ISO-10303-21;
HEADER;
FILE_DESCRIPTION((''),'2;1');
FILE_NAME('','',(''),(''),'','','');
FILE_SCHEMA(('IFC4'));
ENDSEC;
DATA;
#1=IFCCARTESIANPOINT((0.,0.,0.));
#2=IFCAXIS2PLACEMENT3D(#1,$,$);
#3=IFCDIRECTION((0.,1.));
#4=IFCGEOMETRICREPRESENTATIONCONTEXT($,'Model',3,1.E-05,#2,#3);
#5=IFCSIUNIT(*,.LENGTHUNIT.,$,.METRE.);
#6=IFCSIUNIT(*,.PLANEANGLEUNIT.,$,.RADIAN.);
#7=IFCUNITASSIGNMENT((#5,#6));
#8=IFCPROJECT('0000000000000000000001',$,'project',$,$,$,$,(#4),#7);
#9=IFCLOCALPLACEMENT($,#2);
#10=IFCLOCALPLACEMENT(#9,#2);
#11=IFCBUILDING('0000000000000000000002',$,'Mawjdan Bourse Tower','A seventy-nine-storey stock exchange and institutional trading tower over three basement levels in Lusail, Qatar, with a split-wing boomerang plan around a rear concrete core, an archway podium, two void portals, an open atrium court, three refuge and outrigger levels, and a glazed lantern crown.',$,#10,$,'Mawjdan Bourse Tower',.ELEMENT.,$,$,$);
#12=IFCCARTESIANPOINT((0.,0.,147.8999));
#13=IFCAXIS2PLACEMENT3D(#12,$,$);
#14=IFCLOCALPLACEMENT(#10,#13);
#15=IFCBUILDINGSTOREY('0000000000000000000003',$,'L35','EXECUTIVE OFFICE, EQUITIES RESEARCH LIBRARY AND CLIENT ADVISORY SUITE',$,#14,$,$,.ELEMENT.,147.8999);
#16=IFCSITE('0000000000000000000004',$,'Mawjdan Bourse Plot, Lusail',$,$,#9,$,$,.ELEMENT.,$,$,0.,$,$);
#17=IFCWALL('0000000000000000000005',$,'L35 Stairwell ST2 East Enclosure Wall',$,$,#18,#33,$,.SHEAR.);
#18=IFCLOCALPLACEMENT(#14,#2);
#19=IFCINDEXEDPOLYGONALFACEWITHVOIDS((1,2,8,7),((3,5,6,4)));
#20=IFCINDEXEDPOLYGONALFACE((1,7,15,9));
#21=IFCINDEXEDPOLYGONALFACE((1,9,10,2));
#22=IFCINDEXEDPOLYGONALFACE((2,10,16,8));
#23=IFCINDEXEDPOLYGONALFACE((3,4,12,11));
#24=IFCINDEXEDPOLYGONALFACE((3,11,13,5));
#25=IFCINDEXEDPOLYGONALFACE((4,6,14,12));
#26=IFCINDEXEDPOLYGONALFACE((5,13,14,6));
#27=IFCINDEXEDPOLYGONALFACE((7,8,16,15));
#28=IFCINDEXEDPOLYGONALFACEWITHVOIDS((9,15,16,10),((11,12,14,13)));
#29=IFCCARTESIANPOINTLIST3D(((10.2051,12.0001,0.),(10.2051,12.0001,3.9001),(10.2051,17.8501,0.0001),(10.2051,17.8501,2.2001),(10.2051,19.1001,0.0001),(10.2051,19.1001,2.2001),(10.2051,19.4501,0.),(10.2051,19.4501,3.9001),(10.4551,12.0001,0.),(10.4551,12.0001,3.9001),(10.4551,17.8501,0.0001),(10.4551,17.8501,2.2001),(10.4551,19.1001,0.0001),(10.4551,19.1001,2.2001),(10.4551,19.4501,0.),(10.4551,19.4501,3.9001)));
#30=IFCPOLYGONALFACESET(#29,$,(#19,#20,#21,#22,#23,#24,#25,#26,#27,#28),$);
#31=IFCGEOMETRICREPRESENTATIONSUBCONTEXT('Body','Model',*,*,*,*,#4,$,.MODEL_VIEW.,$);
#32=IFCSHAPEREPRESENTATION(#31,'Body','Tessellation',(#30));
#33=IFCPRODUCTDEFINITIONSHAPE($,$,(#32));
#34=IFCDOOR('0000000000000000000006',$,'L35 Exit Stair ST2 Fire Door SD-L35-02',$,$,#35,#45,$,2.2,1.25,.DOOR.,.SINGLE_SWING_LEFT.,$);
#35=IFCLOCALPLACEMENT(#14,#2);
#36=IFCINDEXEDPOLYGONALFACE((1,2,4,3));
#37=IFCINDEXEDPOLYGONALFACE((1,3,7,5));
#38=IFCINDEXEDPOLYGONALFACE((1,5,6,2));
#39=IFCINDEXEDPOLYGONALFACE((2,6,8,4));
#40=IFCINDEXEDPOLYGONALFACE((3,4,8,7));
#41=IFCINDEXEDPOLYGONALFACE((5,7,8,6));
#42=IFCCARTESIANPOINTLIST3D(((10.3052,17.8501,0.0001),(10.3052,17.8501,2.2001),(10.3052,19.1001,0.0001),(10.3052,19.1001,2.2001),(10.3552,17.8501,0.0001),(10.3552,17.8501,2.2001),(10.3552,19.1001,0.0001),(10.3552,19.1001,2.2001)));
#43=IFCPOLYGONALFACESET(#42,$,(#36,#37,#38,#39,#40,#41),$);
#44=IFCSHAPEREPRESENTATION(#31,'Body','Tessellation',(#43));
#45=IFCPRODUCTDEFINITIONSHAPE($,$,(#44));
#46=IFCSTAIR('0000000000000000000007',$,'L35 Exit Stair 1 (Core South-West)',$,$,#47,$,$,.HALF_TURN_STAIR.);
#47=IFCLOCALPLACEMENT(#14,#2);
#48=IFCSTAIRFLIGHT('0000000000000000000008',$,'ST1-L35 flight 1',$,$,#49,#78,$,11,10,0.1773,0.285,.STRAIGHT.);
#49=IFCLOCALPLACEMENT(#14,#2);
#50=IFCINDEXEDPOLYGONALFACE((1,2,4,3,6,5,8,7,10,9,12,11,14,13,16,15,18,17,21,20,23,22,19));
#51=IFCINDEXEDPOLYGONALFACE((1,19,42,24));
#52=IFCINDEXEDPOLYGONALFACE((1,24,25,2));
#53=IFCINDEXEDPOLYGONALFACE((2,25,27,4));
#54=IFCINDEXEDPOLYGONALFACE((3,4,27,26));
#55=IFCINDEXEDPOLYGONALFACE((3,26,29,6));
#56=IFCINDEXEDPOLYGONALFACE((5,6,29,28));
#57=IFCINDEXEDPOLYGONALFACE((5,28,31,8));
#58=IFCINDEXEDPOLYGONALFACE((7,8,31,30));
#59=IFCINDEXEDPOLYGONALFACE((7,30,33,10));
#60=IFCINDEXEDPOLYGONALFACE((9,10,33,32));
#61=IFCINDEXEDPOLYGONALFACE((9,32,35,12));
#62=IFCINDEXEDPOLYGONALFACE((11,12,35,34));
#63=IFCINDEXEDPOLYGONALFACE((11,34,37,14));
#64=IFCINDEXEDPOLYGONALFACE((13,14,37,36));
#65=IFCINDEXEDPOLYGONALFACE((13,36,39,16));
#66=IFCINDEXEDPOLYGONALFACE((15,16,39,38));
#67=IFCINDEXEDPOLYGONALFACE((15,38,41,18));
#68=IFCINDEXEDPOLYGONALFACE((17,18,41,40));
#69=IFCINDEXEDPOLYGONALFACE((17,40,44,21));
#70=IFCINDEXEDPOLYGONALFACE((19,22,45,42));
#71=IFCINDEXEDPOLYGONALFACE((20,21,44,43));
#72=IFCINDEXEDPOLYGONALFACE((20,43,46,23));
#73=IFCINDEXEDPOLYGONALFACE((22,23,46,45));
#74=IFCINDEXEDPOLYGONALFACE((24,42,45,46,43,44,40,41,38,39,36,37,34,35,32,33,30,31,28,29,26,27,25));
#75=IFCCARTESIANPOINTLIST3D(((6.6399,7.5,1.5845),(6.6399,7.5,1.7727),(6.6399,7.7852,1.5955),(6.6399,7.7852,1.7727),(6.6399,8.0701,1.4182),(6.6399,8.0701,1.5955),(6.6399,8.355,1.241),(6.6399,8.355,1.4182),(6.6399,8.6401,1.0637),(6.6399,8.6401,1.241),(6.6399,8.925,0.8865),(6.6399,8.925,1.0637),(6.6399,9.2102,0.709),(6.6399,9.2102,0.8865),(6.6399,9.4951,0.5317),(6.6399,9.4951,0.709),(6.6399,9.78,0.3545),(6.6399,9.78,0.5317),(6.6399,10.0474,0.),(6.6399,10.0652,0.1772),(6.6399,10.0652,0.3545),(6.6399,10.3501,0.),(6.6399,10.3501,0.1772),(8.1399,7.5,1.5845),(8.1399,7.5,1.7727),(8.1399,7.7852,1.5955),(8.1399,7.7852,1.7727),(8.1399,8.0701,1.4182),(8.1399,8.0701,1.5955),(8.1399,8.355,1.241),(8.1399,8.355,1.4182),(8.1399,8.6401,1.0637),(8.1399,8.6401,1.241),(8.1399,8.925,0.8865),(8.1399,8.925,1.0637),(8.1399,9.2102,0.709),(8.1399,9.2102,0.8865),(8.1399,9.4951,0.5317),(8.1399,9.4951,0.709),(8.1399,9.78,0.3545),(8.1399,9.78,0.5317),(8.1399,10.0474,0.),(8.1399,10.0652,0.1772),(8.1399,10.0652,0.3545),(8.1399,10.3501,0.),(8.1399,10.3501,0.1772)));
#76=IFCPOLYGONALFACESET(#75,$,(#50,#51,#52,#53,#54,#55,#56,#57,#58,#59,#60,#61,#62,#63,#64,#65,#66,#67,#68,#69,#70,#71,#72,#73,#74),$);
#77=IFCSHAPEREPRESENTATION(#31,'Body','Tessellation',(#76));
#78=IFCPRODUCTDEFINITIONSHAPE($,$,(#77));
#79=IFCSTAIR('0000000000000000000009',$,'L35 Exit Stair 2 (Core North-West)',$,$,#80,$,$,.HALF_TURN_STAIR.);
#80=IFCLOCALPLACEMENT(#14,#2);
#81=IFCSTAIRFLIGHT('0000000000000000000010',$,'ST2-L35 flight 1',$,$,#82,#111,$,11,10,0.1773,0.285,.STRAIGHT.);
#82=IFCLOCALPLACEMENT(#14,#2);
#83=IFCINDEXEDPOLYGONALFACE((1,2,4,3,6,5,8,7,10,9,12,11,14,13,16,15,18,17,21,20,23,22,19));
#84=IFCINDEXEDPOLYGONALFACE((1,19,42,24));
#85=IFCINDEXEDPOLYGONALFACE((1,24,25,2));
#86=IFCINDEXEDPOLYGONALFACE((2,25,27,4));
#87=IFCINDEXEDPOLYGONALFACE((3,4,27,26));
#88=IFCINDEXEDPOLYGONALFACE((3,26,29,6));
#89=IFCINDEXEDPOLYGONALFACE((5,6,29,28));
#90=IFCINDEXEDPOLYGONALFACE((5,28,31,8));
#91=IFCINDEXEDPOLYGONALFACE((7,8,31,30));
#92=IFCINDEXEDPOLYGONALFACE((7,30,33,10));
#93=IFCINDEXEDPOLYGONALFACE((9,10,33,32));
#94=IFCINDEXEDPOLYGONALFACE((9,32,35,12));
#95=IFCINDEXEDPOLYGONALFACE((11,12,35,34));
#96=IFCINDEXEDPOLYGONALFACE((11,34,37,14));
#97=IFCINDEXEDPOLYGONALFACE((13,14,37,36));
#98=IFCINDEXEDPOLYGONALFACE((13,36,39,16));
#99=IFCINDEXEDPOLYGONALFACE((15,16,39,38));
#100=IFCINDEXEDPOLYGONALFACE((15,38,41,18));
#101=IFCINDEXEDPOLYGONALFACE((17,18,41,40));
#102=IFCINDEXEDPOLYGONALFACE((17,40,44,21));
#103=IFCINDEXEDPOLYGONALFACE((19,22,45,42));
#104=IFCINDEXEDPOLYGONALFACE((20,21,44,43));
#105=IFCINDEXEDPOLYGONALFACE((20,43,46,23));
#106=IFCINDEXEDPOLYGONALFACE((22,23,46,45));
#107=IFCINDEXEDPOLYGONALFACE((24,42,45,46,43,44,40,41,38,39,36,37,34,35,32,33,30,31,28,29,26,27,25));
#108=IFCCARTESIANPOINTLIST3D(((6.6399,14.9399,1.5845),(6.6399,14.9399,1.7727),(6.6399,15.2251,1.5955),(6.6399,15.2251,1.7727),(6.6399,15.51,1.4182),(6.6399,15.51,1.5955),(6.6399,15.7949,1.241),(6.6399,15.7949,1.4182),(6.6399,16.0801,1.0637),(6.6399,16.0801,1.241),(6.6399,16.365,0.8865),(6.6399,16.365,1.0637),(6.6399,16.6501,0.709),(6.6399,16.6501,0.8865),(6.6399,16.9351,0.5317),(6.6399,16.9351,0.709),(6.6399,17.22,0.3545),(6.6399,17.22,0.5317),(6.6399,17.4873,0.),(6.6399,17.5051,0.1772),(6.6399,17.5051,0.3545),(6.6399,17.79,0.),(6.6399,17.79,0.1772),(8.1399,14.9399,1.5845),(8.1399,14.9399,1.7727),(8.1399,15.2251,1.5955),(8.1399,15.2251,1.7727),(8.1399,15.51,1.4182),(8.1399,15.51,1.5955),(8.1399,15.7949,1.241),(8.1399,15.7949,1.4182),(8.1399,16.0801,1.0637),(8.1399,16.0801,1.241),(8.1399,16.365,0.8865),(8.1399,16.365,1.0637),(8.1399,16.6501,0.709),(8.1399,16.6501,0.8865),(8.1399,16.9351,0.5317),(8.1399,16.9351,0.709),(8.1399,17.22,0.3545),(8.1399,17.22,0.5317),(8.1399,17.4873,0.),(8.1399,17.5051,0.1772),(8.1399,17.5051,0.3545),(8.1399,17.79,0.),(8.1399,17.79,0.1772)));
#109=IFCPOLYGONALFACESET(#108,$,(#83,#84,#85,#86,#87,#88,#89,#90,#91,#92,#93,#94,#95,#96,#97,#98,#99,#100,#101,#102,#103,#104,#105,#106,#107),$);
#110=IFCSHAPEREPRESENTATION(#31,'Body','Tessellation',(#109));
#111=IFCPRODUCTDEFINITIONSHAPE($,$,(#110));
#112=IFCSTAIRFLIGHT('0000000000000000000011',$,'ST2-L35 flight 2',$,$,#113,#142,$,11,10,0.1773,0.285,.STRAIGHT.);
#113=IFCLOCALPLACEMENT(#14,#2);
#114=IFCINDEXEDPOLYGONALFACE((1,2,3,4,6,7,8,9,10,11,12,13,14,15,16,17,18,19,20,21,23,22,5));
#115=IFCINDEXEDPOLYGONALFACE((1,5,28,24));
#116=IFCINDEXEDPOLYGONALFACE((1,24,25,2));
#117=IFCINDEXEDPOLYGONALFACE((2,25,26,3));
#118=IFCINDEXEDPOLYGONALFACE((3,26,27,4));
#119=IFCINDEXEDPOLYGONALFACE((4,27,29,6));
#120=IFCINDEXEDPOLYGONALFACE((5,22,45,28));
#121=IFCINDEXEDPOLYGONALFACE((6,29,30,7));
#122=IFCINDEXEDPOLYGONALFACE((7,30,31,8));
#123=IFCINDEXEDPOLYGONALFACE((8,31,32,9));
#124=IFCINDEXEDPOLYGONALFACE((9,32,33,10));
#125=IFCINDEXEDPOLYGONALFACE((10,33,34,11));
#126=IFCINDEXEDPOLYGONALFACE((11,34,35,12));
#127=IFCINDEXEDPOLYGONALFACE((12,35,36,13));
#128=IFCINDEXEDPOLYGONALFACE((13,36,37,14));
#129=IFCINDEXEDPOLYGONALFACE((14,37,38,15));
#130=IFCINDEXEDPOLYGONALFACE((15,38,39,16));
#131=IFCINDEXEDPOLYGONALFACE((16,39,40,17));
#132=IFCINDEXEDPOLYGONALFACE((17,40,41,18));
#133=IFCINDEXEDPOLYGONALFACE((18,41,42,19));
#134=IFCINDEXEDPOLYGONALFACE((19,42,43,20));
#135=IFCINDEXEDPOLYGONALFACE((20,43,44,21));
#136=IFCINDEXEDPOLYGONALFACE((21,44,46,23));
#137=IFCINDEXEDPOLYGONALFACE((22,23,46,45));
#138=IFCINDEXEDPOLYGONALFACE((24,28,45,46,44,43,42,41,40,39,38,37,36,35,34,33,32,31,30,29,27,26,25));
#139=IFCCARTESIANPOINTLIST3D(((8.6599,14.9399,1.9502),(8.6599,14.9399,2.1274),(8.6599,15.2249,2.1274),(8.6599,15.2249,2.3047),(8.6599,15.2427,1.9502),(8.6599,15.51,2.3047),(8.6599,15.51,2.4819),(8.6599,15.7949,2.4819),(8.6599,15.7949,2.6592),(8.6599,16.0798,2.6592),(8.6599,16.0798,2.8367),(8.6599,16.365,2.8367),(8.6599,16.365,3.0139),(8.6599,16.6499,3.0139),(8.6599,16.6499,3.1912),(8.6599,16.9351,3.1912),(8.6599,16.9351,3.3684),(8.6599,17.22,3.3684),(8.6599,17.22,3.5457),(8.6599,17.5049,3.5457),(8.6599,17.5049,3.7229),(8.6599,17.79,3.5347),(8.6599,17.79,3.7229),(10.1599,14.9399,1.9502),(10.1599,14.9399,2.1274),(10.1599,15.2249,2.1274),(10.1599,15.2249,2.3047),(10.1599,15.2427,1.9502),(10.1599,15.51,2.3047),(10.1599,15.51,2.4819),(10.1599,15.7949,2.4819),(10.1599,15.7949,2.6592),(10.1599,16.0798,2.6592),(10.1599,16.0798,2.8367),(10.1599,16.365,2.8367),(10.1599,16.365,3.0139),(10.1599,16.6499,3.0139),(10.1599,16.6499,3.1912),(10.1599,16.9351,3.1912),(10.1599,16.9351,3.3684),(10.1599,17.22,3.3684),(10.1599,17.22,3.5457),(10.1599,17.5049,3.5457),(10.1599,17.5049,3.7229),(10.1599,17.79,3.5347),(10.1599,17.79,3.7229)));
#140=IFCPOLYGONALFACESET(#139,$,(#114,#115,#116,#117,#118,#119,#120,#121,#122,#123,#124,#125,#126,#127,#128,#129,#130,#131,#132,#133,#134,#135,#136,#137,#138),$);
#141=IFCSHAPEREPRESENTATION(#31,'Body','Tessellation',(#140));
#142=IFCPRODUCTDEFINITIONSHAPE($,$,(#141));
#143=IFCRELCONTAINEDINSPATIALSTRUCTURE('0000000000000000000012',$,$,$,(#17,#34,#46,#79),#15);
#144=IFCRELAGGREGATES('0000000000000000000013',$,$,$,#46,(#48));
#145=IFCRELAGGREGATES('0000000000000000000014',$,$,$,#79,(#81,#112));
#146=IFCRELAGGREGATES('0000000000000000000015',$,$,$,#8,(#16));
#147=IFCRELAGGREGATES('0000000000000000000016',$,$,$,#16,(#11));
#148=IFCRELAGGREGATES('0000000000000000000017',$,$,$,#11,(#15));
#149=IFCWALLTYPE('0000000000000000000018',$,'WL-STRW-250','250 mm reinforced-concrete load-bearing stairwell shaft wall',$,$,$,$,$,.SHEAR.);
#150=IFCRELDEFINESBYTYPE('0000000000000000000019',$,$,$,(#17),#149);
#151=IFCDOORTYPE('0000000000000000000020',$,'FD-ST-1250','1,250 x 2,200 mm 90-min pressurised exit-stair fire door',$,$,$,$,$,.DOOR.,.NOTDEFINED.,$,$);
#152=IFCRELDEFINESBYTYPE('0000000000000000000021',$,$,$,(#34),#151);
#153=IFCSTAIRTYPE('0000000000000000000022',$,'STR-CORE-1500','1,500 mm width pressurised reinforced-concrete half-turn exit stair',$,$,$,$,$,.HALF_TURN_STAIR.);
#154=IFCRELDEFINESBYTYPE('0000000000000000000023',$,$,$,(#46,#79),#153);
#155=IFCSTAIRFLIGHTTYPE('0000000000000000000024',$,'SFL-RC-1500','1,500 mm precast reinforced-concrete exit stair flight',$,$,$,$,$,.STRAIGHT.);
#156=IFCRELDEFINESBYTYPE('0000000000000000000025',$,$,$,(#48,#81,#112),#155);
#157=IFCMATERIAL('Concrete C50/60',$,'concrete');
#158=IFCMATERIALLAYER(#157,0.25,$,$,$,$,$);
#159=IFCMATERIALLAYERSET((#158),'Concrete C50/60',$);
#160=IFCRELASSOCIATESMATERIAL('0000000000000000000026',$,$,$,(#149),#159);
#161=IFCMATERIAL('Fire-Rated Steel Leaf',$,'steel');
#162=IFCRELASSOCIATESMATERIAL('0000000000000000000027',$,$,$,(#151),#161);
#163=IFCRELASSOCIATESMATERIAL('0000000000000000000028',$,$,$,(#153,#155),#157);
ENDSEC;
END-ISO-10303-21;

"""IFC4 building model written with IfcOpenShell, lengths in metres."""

from ifc_helpers import new_model, si_unit, direction, frame, frame_2d, origin, place, context, subcontext, project, spatial, polyline, rectangle, outline, extrude, material, layer, layer_set, type_object, element, fill, aggregate, save


model = new_model("IFC4")

# Units and contexts
model_context = context("Model", 3, precision=1e-05, world=origin(), true_north=direction((0.0, 1.0)))
body_context = subcontext(model_context, "Body", "Model", "MODEL_VIEW")
ifc_project = project(units=[si_unit("LENGTHUNIT", "METRE"), si_unit("PLANEANGLEUNIT", "RADIAN")], contexts=[model_context])

# Site, building, storey
site_placement = place(None, origin())
site = spatial("IfcSite", under=ifc_project, at=site_placement, Name="Mawjdan Bourse Plot, Lusail", CompositionType="ELEMENT", RefElevation=0.0)
building_placement = place(site_placement, origin())
building = spatial("IfcBuilding", under=site, at=building_placement, Name="Mawjdan Bourse Tower", Description="A seventy-nine-storey stock exchange and institutional trading tower over three basement levels in Lusail, Qatar, with a split-wing boomerang plan around a rear concrete core, an archway podium, two void portals, an open atrium court, three refuge and outrigger levels, and a glazed lantern crown.", LongName="Mawjdan Bourse Tower", CompositionType="ELEMENT")
storey_placement = place(building_placement, frame((0.0, 0.0, 147.8999)))
storey = spatial("IfcBuildingStorey", under=building, at=storey_placement, Name="L35", Description="EXECUTIVE OFFICE, EQUITIES RESEARCH LIBRARY AND CLIENT ADVISORY SUITE", CompositionType="ELEMENT", Elevation=147.8999)

# Shared definitions
ifc_material_1 = material(Name="Concrete C50/60", Category="concrete")
ifc_layer_1 = layer(ifc_material_1, 0.25)
ifc_layer_set_1 = layer_set([ifc_layer_1], Name="Concrete C50/60")
wall_type_1 = type_object("IfcWallType", Name="WL-STRW-250", Description="250 mm reinforced-concrete load-bearing stairwell shaft wall", PredefinedType="SHEAR", material=ifc_layer_set_1)

# Wall, opening, door
wall_1_placement = place(storey_placement, frame((10.3301, 12.0, 0.0), z_axis=(0.0, 0.0, 1.0), x_axis=(0.0, 1.0, 0.0)))
wall_1 = element("IfcWall", 1, at=wall_1_placement, inside=storey, type_object=wall_type_1, Name="L35 Stairwell ST2 East Enclosure Wall", PredefinedType="SHEAR", context=body_context, shape_type="SweptSolid", body=[
    extrude(rectangle(XDim=7.45, YDim=0.25, at=frame_2d((3.7251, 0.0))), origin(), (0.0, 0.0, 1.0), 3.9001),
])
opening_placement = place(wall_1_placement, frame((5.8501, 0.0, 0.0)))
opening = element("IfcOpeningElement", 2, at=opening_placement, cuts=wall_1, PredefinedType="OPENING", context=body_context, shape_type="SweptSolid", body=[
    extrude(rectangle(XDim=1.25, YDim=2.2, at=frame_2d((0.625, 1.1001))), frame((0.0, 0.135, 0.0), z_axis=(0.0, -1.0, 0.0), x_axis=(1.0, 0.0, 0.0)), (0.0, 0.0, 1.0), 0.27),
])
ifc_material_2 = material(Name="Fire-Rated Steel Leaf", Category="steel")
door_type = type_object("IfcDoorType", Name="FD-ST-1250", Description="1,250 x 2,200 mm 90-min pressurised exit-stair fire door", OperationType="NOTDEFINED", PredefinedType="DOOR", material=ifc_material_2)
door_placement = place(opening_placement, origin())
door = element("IfcDoor", 3, at=door_placement, inside=storey, type_object=door_type, Name="L35 Exit Stair ST2 Fire Door SD-L35-02", OperationType="SINGLE_SWING_LEFT", OverallHeight=2.2, OverallWidth=1.25, PredefinedType="DOOR", context=body_context, shape_type="SweptSolid", body=[
    extrude(rectangle(XDim=1.25, YDim=2.2, at=frame_2d((0.625, 1.1001))), frame((0.0, 0.0249, 0.0), z_axis=(0.0, -1.0, 0.0), x_axis=(1.0, 0.0, 0.0)), (0.0, 0.0, 1.0), 0.05),
])
fill(opening, door)

# Stair, stair flight
stair_type = type_object("IfcStairType", Name="STR-CORE-1500", Description="1,500 mm width pressurised reinforced-concrete half-turn exit stair", PredefinedType="HALF_TURN_STAIR", material=ifc_material_1)
stair_1_placement = place(storey_placement, origin())
stair_1 = element("IfcStair", 4, at=stair_1_placement, inside=storey, type_object=stair_type, Name="L35 Exit Stair 1 (Core South-West)", PredefinedType="HALF_TURN_STAIR")
stair_flight_type = type_object("IfcStairFlightType", Name="SFL-RC-1500", Description="1,500 mm precast reinforced-concrete exit stair flight", PredefinedType="STRAIGHT", material=ifc_material_1)
stair_flight_1_placement = place(storey_placement, frame((7.3899, 10.3501, 0.0), z_axis=(0.0, 0.0, 1.0), x_axis=(0.0, -1.0, 0.0)))
stair_flight_1 = element("IfcStairFlight", 5, at=stair_flight_1_placement, type_object=stair_flight_type, Name="ST1-L35 flight 1", NumberOfRisers=11, NumberOfTreads=10, PredefinedType="STRAIGHT", RiserHeight=0.1773, TreadLength=0.285, context=body_context, shape_type="SweptSolid", body=[
    extrude(outline(polyline([(0.0, 0.0), (0.0, 0.1772), (0.2849, 0.1772), (0.2849, 0.3545), (0.5701, 0.3545), (0.5701, 0.5317), (0.855, 0.5317), (0.855, 0.709), (1.1399, 0.709), (1.1399, 0.8865), (1.425, 0.8865), (1.425, 1.0637), (1.71, 1.0637), (1.71, 1.241), (1.9951, 1.241), (1.9951, 1.4182), (2.28, 1.4182), (2.28, 1.5955), (2.5649, 1.5955), (2.5649, 1.7727), (2.8501, 1.7727), (2.8501, 1.95), (2.8501, 1.5845), (0.3027, 0.0), (0.0, 0.0)])), frame((0.0, 0.75, 0.0), z_axis=(0.0, -1.0, 0.0), x_axis=(1.0, 0.0, 0.0)), (0.0, 0.0, 1.0), 1.5),
])
aggregate(stair_1, [stair_flight_1])

# Stair, stair flights
stair_2_placement = place(storey_placement, origin())
stair_2 = element("IfcStair", 6, at=stair_2_placement, inside=storey, type_object=stair_type, Name="L35 Exit Stair 2 (Core North-West)", PredefinedType="HALF_TURN_STAIR")
stair_flight_2_placement = place(storey_placement, frame((7.3899, 17.79, 0.0), z_axis=(0.0, 0.0, 1.0), x_axis=(0.0, -1.0, 0.0)))
stair_flight_2 = element("IfcStairFlight", 7, at=stair_flight_2_placement, type_object=stair_flight_type, Name="ST2-L35 flight 1", NumberOfRisers=11, NumberOfTreads=10, PredefinedType="STRAIGHT", RiserHeight=0.1773, TreadLength=0.285, context=body_context, shape_type="SweptSolid", body=[
    extrude(outline(polyline([(0.0, 0.0), (0.0, 0.1772), (0.2849, 0.1772), (0.2849, 0.3545), (0.5701, 0.3545), (0.5701, 0.5317), (0.855, 0.5317), (0.855, 0.709), (1.1399, 0.709), (1.1399, 0.8865), (1.425, 0.8865), (1.425, 1.0637), (1.71, 1.0637), (1.71, 1.241), (1.9951, 1.241), (1.9951, 1.4182), (2.28, 1.4182), (2.28, 1.5955), (2.5649, 1.5955), (2.5649, 1.7727), (2.8501, 1.7727), (2.8501, 1.95), (2.8501, 1.5845), (0.3027, 0.0), (0.0, 0.0)])), frame((0.0, 0.75, 0.0), z_axis=(0.0, -1.0, 0.0), x_axis=(1.0, 0.0, 0.0)), (0.0, 0.0, 1.0), 1.5),
])
stair_flight_3_placement = place(storey_placement, frame((9.4099, 14.9399, 1.9502), z_axis=(0.0, 0.0, 1.0), x_axis=(0.0, 1.0, 0.0)))
stair_flight_3 = element("IfcStairFlight", 8, at=stair_flight_3_placement, type_object=stair_flight_type, Name="ST2-L35 flight 2", NumberOfRisers=11, NumberOfTreads=10, PredefinedType="STRAIGHT", RiserHeight=0.1773, TreadLength=0.285, context=body_context, shape_type="SweptSolid", body=[
    extrude(outline(polyline([(0.0, 0.0), (0.0, 0.1772), (0.2849, 0.1772), (0.2849, 0.3545), (0.5701, 0.3545), (0.5701, 0.5317), (0.855, 0.5317), (0.855, 0.709), (1.1399, 0.709), (1.1399, 0.8865), (1.425, 0.8865), (1.425, 1.0637), (1.71, 1.0637), (1.71, 1.241), (1.9951, 1.241), (1.9951, 1.4182), (2.28, 1.4182), (2.28, 1.5955), (2.5649, 1.5955), (2.5649, 1.7727), (2.8501, 1.7727), (2.8501, 1.95), (2.8501, 1.5845), (0.3027, 0.0), (0.0, 0.0)])), frame((0.0, 0.75, 0.0), z_axis=(0.0, -1.0, 0.0), x_axis=(1.0, 0.0, 0.0)), (0.0, 0.0, 1.0), 1.5),
])
aggregate(stair_2, [stair_flight_2, stair_flight_3])

save(model, "model.ifc")
